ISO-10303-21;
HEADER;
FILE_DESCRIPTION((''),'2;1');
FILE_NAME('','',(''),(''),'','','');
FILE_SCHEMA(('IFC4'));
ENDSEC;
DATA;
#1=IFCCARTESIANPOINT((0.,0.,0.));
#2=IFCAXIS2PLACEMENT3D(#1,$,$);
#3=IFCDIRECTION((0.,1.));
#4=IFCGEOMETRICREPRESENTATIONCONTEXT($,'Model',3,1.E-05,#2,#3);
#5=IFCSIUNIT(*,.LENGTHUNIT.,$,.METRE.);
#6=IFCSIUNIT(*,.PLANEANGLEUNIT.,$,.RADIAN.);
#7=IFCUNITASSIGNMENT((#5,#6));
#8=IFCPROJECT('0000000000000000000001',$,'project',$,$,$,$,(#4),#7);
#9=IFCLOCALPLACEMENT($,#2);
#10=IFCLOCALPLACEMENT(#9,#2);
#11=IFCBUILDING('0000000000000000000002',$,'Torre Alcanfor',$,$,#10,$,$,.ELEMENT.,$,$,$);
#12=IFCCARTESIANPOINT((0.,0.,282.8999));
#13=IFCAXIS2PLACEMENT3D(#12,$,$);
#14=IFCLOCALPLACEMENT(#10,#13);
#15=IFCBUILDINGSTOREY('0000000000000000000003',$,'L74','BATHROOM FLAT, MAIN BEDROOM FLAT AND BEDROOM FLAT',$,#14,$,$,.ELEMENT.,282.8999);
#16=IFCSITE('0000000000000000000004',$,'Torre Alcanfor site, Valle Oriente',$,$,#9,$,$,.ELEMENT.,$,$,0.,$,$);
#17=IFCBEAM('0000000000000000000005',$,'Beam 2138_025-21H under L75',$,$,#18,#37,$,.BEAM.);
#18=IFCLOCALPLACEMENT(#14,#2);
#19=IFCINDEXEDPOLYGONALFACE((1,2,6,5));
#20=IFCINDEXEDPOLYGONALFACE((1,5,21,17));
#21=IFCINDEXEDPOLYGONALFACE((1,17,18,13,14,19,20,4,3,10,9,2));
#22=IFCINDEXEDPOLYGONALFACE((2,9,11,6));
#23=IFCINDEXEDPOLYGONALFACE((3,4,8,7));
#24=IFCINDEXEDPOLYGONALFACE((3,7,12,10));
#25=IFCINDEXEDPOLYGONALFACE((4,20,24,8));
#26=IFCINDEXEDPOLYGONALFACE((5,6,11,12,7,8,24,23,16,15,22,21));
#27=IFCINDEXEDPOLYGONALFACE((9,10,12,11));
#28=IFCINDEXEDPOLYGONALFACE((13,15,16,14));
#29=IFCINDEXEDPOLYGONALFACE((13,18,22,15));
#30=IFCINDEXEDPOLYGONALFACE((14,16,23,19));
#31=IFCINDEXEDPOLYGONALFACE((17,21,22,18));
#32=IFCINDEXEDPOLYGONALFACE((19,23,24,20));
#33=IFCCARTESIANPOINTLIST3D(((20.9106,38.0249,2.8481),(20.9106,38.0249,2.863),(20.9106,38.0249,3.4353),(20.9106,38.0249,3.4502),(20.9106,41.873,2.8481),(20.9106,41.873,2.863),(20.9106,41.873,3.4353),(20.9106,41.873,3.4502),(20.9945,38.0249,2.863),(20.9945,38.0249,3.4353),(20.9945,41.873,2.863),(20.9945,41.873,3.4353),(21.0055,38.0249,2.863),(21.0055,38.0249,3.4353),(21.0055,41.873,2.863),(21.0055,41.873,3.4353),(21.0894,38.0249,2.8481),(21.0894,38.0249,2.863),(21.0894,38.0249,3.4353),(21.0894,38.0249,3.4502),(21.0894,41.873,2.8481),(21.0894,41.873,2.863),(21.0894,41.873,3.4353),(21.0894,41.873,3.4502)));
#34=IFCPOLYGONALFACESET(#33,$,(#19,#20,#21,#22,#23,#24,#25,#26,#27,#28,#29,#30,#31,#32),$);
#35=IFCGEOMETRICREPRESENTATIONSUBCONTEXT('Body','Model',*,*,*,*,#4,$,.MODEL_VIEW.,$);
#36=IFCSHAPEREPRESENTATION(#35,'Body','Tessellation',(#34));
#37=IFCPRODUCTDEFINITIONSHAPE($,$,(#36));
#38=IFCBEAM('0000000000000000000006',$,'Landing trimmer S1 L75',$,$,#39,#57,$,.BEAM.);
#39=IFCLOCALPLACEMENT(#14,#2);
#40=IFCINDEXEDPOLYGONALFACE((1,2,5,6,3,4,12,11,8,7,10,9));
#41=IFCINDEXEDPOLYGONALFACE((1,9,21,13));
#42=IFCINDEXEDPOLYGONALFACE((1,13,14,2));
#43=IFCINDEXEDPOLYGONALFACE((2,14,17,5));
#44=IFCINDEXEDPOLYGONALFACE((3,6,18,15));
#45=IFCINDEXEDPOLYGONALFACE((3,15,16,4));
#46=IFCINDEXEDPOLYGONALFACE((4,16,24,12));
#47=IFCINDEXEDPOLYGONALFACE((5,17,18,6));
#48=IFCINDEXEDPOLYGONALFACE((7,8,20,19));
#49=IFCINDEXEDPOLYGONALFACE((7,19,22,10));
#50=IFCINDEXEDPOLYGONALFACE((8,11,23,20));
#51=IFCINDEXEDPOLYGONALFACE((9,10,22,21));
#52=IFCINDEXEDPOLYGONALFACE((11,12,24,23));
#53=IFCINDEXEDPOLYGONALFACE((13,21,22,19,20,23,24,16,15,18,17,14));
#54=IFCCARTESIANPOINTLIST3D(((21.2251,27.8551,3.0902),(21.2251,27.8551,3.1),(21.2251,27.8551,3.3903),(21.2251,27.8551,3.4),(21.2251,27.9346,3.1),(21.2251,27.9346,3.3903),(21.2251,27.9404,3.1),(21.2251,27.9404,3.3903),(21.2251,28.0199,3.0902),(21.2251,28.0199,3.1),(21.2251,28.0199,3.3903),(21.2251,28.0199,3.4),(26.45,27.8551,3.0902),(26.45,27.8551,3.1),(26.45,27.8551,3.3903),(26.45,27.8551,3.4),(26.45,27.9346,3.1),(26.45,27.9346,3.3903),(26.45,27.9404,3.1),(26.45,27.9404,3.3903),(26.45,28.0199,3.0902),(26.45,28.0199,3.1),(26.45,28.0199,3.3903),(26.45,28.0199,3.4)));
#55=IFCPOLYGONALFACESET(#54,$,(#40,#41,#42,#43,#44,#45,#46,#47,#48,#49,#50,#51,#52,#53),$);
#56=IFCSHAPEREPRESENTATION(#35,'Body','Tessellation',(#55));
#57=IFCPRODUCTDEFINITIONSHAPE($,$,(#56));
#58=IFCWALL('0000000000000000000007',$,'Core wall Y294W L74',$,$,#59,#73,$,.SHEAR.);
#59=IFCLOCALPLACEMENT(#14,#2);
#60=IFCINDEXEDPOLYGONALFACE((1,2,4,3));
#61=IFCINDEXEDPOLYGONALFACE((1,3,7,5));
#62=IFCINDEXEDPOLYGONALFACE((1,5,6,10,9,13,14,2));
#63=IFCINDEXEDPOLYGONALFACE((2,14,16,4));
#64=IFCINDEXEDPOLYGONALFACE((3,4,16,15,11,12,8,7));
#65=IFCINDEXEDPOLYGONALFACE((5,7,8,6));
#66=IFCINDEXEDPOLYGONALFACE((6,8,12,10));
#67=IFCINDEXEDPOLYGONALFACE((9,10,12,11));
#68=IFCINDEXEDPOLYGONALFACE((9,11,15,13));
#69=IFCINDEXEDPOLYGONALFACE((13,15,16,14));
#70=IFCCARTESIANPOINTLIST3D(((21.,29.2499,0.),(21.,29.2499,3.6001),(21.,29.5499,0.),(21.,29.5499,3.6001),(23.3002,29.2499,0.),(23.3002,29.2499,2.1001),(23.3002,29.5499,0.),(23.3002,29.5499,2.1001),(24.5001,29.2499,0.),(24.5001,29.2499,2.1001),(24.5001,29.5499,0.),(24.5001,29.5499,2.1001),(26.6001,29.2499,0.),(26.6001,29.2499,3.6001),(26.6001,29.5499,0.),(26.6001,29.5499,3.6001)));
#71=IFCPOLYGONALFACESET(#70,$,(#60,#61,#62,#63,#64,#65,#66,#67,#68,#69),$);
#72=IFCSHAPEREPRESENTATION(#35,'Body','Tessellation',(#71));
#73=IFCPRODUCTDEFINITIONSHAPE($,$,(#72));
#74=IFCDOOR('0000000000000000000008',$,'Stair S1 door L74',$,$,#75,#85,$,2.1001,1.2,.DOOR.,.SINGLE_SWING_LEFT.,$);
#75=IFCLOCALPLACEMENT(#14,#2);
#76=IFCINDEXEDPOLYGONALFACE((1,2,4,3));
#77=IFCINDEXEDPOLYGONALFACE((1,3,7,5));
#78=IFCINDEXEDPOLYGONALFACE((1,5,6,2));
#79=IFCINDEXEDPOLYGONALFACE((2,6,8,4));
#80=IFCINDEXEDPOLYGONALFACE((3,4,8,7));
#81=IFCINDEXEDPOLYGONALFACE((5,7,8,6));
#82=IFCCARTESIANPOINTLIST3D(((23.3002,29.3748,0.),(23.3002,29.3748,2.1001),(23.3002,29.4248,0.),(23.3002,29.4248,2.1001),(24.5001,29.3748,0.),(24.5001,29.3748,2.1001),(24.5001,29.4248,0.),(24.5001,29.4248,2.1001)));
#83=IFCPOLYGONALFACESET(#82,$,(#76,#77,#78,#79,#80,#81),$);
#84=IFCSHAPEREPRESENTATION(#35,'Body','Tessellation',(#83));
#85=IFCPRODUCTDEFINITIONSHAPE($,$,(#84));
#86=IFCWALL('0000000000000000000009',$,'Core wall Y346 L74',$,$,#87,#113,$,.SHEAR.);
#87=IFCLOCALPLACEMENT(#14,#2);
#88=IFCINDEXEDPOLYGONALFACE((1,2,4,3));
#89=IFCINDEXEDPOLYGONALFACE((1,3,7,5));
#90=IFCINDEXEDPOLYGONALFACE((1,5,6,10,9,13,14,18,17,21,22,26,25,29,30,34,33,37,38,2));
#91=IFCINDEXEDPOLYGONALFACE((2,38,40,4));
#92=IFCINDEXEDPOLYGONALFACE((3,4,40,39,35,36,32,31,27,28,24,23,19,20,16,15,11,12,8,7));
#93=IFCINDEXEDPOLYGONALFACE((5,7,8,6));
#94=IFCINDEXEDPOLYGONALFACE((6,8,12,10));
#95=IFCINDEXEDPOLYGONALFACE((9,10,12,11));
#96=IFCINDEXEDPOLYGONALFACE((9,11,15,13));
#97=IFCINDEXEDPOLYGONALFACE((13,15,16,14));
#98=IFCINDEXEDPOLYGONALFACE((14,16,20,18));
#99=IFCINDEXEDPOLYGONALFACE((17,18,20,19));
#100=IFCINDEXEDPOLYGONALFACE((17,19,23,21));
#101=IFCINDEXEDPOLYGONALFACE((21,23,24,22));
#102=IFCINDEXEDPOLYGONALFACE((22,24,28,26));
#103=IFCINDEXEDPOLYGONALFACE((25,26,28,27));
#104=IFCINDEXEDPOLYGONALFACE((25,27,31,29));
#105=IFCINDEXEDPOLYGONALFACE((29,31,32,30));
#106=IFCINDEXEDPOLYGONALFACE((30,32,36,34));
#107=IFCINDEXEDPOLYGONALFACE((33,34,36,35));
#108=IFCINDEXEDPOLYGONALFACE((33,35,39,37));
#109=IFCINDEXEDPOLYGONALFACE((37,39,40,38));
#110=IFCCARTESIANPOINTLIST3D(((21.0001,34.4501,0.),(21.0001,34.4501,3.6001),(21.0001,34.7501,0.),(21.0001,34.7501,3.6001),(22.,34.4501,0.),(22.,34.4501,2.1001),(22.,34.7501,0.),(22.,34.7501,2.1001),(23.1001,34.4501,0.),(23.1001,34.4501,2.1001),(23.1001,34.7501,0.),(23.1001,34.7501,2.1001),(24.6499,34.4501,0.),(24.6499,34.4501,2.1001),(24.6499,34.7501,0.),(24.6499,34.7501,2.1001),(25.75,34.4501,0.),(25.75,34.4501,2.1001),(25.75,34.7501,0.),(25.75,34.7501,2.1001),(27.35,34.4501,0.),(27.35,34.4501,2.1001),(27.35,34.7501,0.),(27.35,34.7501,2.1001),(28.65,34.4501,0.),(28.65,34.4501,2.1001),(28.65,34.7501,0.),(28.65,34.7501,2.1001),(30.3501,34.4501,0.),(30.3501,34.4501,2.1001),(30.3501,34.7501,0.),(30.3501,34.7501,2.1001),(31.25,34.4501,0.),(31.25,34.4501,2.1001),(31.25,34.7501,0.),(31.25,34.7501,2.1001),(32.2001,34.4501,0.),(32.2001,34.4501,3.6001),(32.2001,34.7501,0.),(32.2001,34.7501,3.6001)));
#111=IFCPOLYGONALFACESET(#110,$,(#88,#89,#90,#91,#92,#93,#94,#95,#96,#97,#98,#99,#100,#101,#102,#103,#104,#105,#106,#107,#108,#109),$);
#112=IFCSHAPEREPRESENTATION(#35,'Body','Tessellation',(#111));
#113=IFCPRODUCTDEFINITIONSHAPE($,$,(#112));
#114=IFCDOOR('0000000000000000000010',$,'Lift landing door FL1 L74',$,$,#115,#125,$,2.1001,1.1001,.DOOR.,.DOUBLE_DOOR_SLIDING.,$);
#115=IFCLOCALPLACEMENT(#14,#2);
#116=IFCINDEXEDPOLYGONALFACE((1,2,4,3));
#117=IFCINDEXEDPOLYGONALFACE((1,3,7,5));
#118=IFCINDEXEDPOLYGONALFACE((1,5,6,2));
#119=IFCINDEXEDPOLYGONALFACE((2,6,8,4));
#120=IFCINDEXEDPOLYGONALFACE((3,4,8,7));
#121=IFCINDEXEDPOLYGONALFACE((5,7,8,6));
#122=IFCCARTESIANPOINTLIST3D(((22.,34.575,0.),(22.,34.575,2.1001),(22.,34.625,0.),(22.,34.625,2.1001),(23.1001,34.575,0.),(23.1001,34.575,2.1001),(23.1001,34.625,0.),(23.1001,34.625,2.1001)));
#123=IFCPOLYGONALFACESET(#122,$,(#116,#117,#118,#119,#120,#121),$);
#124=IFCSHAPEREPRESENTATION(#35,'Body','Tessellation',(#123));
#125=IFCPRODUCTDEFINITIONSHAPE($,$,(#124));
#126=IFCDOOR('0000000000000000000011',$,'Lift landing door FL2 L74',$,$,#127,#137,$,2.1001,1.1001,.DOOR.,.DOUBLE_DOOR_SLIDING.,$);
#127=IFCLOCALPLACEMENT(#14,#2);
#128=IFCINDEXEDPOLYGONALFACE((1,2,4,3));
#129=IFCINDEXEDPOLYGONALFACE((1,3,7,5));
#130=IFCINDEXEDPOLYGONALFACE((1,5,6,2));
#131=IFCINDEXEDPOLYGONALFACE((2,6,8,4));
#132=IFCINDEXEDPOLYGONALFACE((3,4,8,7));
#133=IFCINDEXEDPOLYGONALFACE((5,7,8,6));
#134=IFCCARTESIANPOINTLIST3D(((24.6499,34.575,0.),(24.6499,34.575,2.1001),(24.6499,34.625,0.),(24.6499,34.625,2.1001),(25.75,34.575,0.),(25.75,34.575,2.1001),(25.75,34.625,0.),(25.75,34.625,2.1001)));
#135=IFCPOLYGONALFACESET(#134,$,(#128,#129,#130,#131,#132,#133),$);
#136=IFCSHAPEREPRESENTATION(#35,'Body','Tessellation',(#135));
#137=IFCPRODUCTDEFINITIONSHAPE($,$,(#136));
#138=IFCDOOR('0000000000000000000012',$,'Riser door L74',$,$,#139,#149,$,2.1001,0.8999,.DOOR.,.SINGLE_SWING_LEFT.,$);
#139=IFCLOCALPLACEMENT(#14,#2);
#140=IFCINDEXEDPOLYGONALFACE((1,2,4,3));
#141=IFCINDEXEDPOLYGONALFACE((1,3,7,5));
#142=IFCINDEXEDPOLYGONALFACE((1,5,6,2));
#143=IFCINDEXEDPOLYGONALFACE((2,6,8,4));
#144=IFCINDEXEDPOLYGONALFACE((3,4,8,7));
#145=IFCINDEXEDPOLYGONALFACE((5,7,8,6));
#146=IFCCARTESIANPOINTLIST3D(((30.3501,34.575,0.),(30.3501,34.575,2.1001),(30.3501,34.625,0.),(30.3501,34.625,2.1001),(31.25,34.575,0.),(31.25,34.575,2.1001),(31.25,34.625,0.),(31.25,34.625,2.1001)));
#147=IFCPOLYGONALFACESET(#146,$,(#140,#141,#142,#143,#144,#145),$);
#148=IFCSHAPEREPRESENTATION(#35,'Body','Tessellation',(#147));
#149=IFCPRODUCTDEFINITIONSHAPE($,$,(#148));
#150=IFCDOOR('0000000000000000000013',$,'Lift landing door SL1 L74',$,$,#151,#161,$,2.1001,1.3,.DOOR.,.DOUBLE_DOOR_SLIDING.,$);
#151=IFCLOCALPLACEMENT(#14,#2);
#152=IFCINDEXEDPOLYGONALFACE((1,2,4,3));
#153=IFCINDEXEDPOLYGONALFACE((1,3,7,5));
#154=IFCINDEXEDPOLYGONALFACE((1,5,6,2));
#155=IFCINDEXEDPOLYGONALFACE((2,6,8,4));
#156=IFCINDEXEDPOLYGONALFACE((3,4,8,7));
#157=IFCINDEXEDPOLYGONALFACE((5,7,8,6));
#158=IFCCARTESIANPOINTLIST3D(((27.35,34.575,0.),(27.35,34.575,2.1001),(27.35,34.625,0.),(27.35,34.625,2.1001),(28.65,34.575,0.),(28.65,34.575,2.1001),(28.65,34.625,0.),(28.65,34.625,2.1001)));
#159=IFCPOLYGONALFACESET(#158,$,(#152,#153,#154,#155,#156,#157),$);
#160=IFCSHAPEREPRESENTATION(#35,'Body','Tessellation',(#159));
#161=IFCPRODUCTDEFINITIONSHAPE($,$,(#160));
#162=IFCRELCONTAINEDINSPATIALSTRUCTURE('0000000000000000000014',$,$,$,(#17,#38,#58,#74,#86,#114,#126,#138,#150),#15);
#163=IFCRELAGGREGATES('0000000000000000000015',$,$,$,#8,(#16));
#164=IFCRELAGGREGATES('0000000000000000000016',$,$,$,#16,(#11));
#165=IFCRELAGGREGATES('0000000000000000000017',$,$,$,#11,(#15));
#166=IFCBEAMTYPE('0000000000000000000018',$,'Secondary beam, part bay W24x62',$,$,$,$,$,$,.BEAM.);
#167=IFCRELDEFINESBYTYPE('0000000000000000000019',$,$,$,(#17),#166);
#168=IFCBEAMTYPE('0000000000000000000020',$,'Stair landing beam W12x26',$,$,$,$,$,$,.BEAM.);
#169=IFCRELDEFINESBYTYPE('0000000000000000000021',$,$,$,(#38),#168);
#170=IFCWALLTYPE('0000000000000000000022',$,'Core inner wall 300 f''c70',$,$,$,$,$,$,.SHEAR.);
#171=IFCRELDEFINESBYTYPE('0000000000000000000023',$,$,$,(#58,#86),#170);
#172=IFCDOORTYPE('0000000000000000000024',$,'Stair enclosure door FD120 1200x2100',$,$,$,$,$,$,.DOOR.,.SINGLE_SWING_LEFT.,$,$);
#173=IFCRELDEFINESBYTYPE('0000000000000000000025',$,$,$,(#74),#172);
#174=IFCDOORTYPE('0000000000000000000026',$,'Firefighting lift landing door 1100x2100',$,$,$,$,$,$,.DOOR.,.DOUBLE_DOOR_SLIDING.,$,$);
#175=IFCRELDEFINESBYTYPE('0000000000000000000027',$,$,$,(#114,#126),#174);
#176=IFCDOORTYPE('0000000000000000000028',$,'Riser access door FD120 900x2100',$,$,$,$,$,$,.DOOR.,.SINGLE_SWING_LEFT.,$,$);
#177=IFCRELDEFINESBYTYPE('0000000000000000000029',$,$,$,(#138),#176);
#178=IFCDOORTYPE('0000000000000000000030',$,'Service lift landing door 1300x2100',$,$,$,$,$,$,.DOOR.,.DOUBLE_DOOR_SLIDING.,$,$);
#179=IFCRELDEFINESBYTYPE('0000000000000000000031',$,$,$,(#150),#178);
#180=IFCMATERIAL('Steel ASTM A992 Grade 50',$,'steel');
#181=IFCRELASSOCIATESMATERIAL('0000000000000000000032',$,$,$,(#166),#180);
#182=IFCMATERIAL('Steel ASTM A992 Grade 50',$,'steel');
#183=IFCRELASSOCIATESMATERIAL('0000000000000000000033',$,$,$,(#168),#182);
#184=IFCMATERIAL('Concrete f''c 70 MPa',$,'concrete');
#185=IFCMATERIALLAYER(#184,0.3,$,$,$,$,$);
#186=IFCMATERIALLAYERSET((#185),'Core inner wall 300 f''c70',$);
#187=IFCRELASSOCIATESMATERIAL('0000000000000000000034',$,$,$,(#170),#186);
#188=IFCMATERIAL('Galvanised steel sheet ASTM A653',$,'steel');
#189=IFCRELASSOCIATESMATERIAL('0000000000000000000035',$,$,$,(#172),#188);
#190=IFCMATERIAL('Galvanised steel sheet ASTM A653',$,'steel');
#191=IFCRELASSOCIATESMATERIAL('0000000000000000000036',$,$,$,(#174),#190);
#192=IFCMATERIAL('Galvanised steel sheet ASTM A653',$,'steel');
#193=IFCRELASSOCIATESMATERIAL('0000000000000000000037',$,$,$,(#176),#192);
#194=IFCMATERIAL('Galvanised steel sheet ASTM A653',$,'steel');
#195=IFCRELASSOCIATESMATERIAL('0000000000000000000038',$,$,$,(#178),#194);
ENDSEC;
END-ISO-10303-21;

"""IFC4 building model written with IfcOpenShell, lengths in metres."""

from ifc_helpers import new_model, si_unit, direction, frame, frame_2d, origin, origin_2d, place, context, subcontext, project, spatial, rectangle, i_section, extrude, material, layer, layer_set, material_profile, profile_set, type_object, element, fill, save


model = new_model("IFC4")

# Units and contexts
model_context = context("Model", 3, precision=1e-05, world=origin(), true_north=direction((0.0, 1.0)))
body_context = subcontext(model_context, "Body", "Model", "MODEL_VIEW")
ifc_project = project(units=[si_unit("LENGTHUNIT", "METRE"), si_unit("PLANEANGLEUNIT", "RADIAN")], contexts=[model_context])

# Site, building, storey
site_placement = place(None, origin())
site = spatial("IfcSite", under=ifc_project, at=site_placement, Name="Torre Alcanfor site, Valle Oriente", CompositionType="ELEMENT", RefElevation=0.0)
building_placement = place(site_placement, origin())
building = spatial("IfcBuilding", under=site, at=building_placement, Name="Torre Alcanfor", CompositionType="ELEMENT")
storey_placement = place(building_placement, frame((0.0, 0.0, 282.8999)))
storey = spatial("IfcBuildingStorey", under=building, at=storey_placement, Name="L74", Description="BATHROOM FLAT, MAIN BEDROOM FLAT AND BEDROOM FLAT", CompositionType="ELEMENT", Elevation=282.8999)

# Beams
ifc_material_1 = material(Name="Steel ASTM A992 Grade 50", Category="steel")
ifc_material_profile_1 = material_profile(ifc_material_1, i_section(OverallWidth=0.1787, OverallDepth=0.6021, WebThickness=0.011, FlangeThickness=0.0149, at=origin_2d()), Name="W24x62")
ifc_profile_set_1 = profile_set([ifc_material_profile_1], Name="Steel ASTM A992 Grade 50")
beam_type_1 = type_object("IfcBeamType", Name="Secondary beam, part bay W24x62", PredefinedType="BEAM", material=ifc_profile_set_1)
beam_1_placement = place(storey_placement, frame((21.0, 38.0249, 3.1492), z_axis=(0.0, 1.0, 0.0), x_axis=(-1.0, 0.0, 0.0)))
element("IfcBeam", 1, at=beam_1_placement, inside=storey, type_object=beam_type_1, Name="Beam 2138_025-21H under L75", PredefinedType="BEAM", context=body_context, shape_type="SweptSolid", body=[
    extrude(i_section(OverallWidth=0.1787, OverallDepth=0.6021, WebThickness=0.011, FlangeThickness=0.0149, at=origin_2d()), origin(), (0.0, 0.0, 1.0), 3.8481),
])
ifc_material_2 = material(Name="Steel ASTM A992 Grade 50", Category="steel")
ifc_material_profile_2 = material_profile(ifc_material_2, i_section(OverallWidth=0.1648, OverallDepth=0.3098, WebThickness=0.0059, FlangeThickness=0.0098, at=origin_2d()), Name="W12x26")
ifc_profile_set_2 = profile_set([ifc_material_profile_2], Name="Steel ASTM A992 Grade 50")
beam_type_2 = type_object("IfcBeamType", Name="Stair landing beam W12x26", PredefinedType="BEAM", material=ifc_profile_set_2)
beam_2_placement = place(storey_placement, frame((21.2251, 27.9375, 3.2451), z_axis=(1.0, 0.0, 0.0), x_axis=(0.0, 1.0, 0.0)))
element("IfcBeam", 2, at=beam_2_placement, inside=storey, type_object=beam_type_2, Name="Landing trimmer S1 L75", PredefinedType="BEAM", context=body_context, shape_type="SweptSolid", body=[
    extrude(i_section(OverallWidth=0.1648, OverallDepth=0.3098, WebThickness=0.0059, FlangeThickness=0.0098, at=origin_2d()), origin(), (0.0, 0.0, 1.0), 5.2249),
])

# Wall, opening, door
ifc_material_3 = material(Name="Concrete f'c 70 MPa", Category="concrete")
ifc_layer_1 = layer(ifc_material_3, 0.3)
ifc_layer_set_1 = layer_set([ifc_layer_1], Name="Core inner wall 300 f'c70")
wall_type_1 = type_object("IfcWallType", Name="Core inner wall 300 f'c70", PredefinedType="SHEAR", material=ifc_layer_set_1)
wall_1_placement = place(storey_placement, frame((21.0, 29.3999, 0.0), z_axis=(0.0, 0.0, 1.0), x_axis=(1.0, 0.0, 0.0)))
wall_1 = element("IfcWall", 3, at=wall_1_placement, inside=storey, type_object=wall_type_1, Name="Core wall Y294W L74", PredefinedType="SHEAR", context=body_context, shape_type="SweptSolid", body=[
    extrude(rectangle(XDim=5.6001, YDim=0.3, at=frame_2d((2.8, 0.0))), origin(), (0.0, 0.0, 1.0), 3.6001),
])
opening_1_placement = place(wall_1_placement, frame((2.3, 0.0, 0.0)))
opening_1 = element("IfcOpeningElement", 4, at=opening_1_placement, cuts=wall_1, PredefinedType="OPENING", context=body_context, shape_type="SweptSolid", body=[
    extrude(rectangle(XDim=1.2, YDim=2.1001, at=frame_2d((0.6001, 1.05))), frame((0.0, 0.1599, 0.0), z_axis=(0.0, -1.0, 0.0), x_axis=(1.0, 0.0, 0.0)), (0.0, 0.0, 1.0), 0.3201),
])
ifc_material_4 = material(Name="Galvanised steel sheet ASTM A653", Category="steel")
door_type_1 = type_object("IfcDoorType", Name="Stair enclosure door FD120 1200x2100", OperationType="SINGLE_SWING_LEFT", PredefinedType="DOOR", material=ifc_material_4)
door_1_placement = place(opening_1_placement, frame((1.2, 0.0, 0.0), z_axis=(0.0, 0.0, 1.0), x_axis=(-1.0, 0.0, 0.0)))
door_1 = element("IfcDoor", 5, at=door_1_placement, inside=storey, type_object=door_type_1, Name="Stair S1 door L74", OperationType="SINGLE_SWING_LEFT", OverallHeight=2.1001, OverallWidth=1.2, PredefinedType="DOOR", context=body_context, shape_type="SweptSolid", body=[
    extrude(rectangle(XDim=1.2, YDim=2.1001, at=frame_2d((0.5999, 1.05))), frame((0.0, 0.0251, 0.0), z_axis=(0.0, -1.0, 0.0), x_axis=(1.0, 0.0, 0.0)), (0.0, 0.0, 1.0), 0.05),
])
fill(opening_1, door_1)

# Wall, openings, doors
wall_2_placement = place(storey_placement, frame((21.0, 34.6001, 0.0), z_axis=(0.0, 0.0, 1.0), x_axis=(1.0, 0.0, 0.0)))
wall_2 = element("IfcWall", 6, at=wall_2_placement, inside=storey, type_object=wall_type_1, Name="Core wall Y346 L74", PredefinedType="SHEAR", context=body_context, shape_type="SweptSolid", body=[
    extrude(rectangle(XDim=11.2, YDim=0.3, at=frame_2d((5.6001, 0.0))), origin(), (0.0, 0.0, 1.0), 3.6001),
])
opening_2_placement = place(wall_2_placement, frame((9.3501, 0.0, 0.0)))
opening_2 = element("IfcOpeningElement", 7, at=opening_2_placement, cuts=wall_2, PredefinedType="OPENING", context=body_context, shape_type="SweptSolid", body=[
    extrude(rectangle(XDim=0.8999, YDim=2.1001, at=frame_2d((0.45, 1.05))), frame((0.0, 0.1599, 0.0), z_axis=(0.0, -1.0, 0.0), x_axis=(1.0, 0.0, 0.0)), (0.0, 0.0, 1.0), 0.3201),
])
opening_3_placement = place(wall_2_placement, frame((1.0, 0.0, 0.0)))
opening_3 = element("IfcOpeningElement", 8, at=opening_3_placement, cuts=wall_2, PredefinedType="OPENING", context=body_context, shape_type="SweptSolid", body=[
    extrude(rectangle(XDim=1.1001, YDim=2.1001, at=frame_2d((0.55, 1.05))), frame((0.0, 0.1599, 0.0), z_axis=(0.0, -1.0, 0.0), x_axis=(1.0, 0.0, 0.0)), (0.0, 0.0, 1.0), 0.3201),
])
opening_4_placement = place(wall_2_placement, frame((3.6499, 0.0, 0.0)))
opening_4 = element("IfcOpeningElement", 9, at=opening_4_placement, cuts=wall_2, PredefinedType="OPENING", context=body_context, shape_type="SweptSolid", body=[
    extrude(rectangle(XDim=1.1001, YDim=2.1001, at=frame_2d((0.55, 1.05))), frame((0.0, 0.1599, 0.0), z_axis=(0.0, -1.0, 0.0), x_axis=(1.0, 0.0, 0.0)), (0.0, 0.0, 1.0), 0.3201),
])
opening_5_placement = place(wall_2_placement, frame((6.3501, 0.0, 0.0)))
opening_5 = element("IfcOpeningElement", 10, at=opening_5_placement, cuts=wall_2, PredefinedType="OPENING", context=body_context, shape_type="SweptSolid", body=[
    extrude(rectangle(XDim=1.3, YDim=2.1001, at=frame_2d((0.6499, 1.05))), frame((0.0, 0.1599, 0.0), z_axis=(0.0, -1.0, 0.0), x_axis=(1.0, 0.0, 0.0)), (0.0, 0.0, 1.0), 0.3201),
])
ifc_material_5 = material(Name="Galvanised steel sheet ASTM A653", Category="steel")
door_type_2 = type_object("IfcDoorType", Name="Firefighting lift landing door 1100x2100", OperationType="DOUBLE_DOOR_SLIDING", PredefinedType="DOOR", material=ifc_material_5)
door_2_placement = place(opening_3_placement, origin())
door_2 = element("IfcDoor", 11, at=door_2_placement, inside=storey, type_object=door_type_2, Name="Lift landing door FL1 L74", OperationType="DOUBLE_DOOR_SLIDING", OverallHeight=2.1001, OverallWidth=1.1001, PredefinedType="DOOR", context=body_context, shape_type="SweptSolid", body=[
    extrude(rectangle(XDim=1.1001, YDim=2.1001, at=frame_2d((0.55, 1.05))), frame((0.0, 0.0249, 0.0), z_axis=(0.0, -1.0, 0.0), x_axis=(1.0, 0.0, 0.0)), (0.0, 0.0, 1.0), 0.05),
])
fill(opening_3, door_2)
door_3_placement = place(opening_4_placement, origin())
door_3 = element("IfcDoor", 12, at=door_3_placement, inside=storey, type_object=door_type_2, Name="Lift landing door FL2 L74", OperationType="DOUBLE_DOOR_SLIDING", OverallHeight=2.1001, OverallWidth=1.1001, PredefinedType="DOOR", context=body_context, shape_type="SweptSolid", body=[
    extrude(rectangle(XDim=1.1001, YDim=2.1001, at=frame_2d((0.55, 1.05))), frame((0.0, 0.0249, 0.0), z_axis=(0.0, -1.0, 0.0), x_axis=(1.0, 0.0, 0.0)), (0.0, 0.0, 1.0), 0.05),
])
fill(opening_4, door_3)
ifc_material_6 = material(Name="Galvanised steel sheet ASTM A653", Category="steel")
door_type_3 = type_object("IfcDoorType", Name="Riser access door FD120 900x2100", OperationType="SINGLE_SWING_LEFT", PredefinedType="DOOR", material=ifc_material_6)
door_4_placement = place(opening_2_placement, origin())
door_4 = element("IfcDoor", 13, at=door_4_placement, inside=storey, type_object=door_type_3, Name="Riser door L74", OperationType="SINGLE_SWING_LEFT", OverallHeight=2.1001, OverallWidth=0.8999, PredefinedType="DOOR", context=body_context, shape_type="SweptSolid", body=[
    extrude(rectangle(XDim=0.8999, YDim=2.1001, at=frame_2d((0.45, 1.05))), frame((0.0, 0.0249, 0.0), z_axis=(0.0, -1.0, 0.0), x_axis=(1.0, 0.0, 0.0)), (0.0, 0.0, 1.0), 0.05),
])
fill(opening_2, door_4)
ifc_material_7 = material(Name="Galvanised steel sheet ASTM A653", Category="steel")
door_type_4 = type_object("IfcDoorType", Name="Service lift landing door 1300x2100", OperationType="DOUBLE_DOOR_SLIDING", PredefinedType="DOOR", material=ifc_material_7)
door_5_placement = place(opening_5_placement, origin())
door_5 = element("IfcDoor", 14, at=door_5_placement, inside=storey, type_object=door_type_4, Name="Lift landing door SL1 L74", OperationType="DOUBLE_DOOR_SLIDING", OverallHeight=2.1001, OverallWidth=1.3, PredefinedType="DOOR", context=body_context, shape_type="SweptSolid", body=[
    extrude(rectangle(XDim=1.3, YDim=2.1001, at=frame_2d((0.6499, 1.05))), frame((0.0, 0.0249, 0.0), z_axis=(0.0, -1.0, 0.0), x_axis=(1.0, 0.0, 0.0)), (0.0, 0.0, 1.0), 0.05),
])
fill(opening_5, door_5)

save(model, "model.ifc")
